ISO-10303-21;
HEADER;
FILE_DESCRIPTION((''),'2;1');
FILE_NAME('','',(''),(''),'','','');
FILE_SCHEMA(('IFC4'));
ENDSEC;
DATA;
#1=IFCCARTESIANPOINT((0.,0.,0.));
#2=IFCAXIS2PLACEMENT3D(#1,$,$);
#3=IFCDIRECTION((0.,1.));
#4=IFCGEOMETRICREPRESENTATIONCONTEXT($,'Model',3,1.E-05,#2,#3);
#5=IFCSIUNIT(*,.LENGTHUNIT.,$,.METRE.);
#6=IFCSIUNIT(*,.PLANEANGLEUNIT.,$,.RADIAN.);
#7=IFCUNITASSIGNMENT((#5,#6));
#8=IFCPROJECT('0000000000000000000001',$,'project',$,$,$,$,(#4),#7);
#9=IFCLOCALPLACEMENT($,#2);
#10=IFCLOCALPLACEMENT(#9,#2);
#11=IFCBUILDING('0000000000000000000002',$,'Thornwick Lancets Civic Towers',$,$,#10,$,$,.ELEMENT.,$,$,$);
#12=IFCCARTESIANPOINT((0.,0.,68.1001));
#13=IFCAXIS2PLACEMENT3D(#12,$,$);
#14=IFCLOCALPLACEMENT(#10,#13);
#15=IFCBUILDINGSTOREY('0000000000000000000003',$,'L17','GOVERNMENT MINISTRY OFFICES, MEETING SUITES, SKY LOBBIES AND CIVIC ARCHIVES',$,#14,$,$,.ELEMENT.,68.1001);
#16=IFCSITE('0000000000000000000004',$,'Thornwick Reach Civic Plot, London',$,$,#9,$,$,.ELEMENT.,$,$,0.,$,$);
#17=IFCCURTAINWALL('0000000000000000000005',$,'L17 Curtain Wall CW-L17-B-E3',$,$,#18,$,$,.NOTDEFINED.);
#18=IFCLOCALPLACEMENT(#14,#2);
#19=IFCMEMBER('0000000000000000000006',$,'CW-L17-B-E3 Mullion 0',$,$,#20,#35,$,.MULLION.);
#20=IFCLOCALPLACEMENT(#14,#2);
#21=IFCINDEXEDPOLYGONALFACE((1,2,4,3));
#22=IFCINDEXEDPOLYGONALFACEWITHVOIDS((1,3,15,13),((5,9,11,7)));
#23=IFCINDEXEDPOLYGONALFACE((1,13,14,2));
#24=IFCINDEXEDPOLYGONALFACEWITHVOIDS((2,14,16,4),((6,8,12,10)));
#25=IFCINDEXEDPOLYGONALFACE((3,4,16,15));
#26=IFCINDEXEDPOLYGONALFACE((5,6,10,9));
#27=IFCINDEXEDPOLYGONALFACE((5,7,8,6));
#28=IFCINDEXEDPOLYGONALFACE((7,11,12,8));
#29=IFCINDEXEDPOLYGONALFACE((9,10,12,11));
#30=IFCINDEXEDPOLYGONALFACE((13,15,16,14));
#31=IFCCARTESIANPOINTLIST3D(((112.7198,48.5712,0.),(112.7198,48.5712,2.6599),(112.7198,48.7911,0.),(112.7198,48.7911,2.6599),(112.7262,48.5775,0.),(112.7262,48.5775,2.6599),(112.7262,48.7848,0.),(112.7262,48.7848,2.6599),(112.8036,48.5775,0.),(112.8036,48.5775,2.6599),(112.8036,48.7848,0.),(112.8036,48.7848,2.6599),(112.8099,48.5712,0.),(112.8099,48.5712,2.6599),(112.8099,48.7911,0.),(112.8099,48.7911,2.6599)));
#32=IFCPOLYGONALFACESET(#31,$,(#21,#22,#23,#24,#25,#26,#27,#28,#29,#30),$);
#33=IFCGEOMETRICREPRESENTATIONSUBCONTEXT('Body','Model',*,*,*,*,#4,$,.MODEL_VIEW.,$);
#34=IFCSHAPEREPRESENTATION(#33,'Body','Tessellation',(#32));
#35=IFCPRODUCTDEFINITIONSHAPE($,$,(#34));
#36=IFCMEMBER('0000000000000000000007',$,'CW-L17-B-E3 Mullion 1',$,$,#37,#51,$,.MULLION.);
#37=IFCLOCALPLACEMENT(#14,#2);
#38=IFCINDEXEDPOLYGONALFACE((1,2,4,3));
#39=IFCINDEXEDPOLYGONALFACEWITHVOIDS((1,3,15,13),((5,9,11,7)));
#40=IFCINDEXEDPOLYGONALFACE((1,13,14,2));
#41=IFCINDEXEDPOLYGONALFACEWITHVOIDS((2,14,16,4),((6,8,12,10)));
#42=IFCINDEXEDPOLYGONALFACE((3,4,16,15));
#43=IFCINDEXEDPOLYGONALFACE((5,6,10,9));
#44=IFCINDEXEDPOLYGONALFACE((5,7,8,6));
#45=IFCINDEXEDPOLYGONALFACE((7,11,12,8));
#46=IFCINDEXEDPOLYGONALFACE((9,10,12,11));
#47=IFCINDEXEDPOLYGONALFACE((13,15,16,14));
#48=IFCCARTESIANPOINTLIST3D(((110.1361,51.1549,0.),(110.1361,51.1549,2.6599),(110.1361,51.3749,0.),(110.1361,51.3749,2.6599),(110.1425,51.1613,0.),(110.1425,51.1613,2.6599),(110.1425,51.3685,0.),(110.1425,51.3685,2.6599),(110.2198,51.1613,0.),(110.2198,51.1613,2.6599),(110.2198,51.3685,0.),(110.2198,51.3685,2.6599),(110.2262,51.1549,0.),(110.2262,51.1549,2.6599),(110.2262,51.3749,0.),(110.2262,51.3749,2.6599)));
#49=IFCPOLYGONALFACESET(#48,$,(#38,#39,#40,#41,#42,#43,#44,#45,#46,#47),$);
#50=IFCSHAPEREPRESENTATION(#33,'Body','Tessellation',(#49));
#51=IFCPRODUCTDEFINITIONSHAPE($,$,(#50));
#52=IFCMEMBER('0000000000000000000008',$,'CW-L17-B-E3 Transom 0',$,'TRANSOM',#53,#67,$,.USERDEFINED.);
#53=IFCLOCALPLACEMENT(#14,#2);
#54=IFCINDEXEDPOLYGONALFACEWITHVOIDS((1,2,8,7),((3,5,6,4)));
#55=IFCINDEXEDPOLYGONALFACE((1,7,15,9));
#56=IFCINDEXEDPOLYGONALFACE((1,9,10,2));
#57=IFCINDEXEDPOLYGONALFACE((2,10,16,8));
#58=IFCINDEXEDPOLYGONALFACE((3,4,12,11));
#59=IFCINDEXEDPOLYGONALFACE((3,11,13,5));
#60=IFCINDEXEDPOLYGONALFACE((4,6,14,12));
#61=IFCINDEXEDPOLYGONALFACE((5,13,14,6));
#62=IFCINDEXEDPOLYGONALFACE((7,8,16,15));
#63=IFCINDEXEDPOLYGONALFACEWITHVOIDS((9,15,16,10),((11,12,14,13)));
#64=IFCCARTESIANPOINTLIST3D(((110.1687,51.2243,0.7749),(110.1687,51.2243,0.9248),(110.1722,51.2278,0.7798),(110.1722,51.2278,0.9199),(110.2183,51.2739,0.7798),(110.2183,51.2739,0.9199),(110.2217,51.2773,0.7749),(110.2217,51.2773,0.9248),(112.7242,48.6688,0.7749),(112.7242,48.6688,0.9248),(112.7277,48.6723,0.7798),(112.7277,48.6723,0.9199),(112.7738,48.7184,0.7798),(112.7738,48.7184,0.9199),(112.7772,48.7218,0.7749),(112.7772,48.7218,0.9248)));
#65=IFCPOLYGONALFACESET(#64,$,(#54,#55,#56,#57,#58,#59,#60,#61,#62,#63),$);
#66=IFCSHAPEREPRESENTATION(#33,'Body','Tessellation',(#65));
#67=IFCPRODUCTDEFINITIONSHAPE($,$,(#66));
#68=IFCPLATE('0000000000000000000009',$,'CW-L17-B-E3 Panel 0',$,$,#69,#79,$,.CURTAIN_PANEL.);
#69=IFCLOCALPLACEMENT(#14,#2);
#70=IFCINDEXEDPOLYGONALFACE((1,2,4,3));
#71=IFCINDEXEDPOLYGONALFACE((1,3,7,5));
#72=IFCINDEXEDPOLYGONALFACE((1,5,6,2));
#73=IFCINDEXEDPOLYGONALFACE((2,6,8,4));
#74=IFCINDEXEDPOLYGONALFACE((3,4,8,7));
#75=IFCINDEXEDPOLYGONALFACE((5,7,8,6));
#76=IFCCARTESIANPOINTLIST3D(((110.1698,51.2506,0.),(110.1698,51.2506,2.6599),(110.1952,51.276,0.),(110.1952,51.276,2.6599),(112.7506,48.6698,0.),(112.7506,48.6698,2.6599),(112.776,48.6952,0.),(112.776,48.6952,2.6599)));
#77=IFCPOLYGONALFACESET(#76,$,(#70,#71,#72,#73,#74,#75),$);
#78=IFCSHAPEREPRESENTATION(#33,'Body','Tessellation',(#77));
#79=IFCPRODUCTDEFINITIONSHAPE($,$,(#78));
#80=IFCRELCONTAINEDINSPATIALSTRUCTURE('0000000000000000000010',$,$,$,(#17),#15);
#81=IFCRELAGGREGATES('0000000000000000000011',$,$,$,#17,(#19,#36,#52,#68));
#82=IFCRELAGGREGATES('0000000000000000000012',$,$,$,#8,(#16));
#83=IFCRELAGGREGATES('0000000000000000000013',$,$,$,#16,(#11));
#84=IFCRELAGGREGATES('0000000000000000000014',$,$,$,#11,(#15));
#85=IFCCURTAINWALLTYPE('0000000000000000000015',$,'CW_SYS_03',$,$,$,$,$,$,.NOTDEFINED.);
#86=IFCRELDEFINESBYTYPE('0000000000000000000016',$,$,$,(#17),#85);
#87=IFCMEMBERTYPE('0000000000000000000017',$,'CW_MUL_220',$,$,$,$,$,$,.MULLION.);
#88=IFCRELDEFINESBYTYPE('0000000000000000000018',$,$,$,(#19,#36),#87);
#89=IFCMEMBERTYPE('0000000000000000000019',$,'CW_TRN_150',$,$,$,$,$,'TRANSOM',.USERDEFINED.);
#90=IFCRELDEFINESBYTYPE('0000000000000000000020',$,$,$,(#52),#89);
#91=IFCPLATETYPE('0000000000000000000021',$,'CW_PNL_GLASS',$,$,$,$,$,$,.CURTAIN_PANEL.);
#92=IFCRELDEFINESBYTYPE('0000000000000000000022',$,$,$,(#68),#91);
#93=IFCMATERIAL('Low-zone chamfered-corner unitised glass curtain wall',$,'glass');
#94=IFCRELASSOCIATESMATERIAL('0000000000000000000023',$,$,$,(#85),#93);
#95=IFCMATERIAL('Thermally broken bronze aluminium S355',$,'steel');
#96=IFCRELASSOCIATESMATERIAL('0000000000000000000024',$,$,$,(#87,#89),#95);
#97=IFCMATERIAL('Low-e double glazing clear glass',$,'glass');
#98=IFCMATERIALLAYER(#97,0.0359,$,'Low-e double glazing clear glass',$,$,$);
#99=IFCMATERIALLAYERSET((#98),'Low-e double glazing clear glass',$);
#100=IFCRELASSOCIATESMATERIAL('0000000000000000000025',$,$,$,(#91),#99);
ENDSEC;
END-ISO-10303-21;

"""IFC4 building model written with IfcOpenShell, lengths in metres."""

from ifc_helpers import new_model, si_unit, direction, frame, origin, origin_2d, place, context, subcontext, project, spatial, rectangle, hollow_rectangle, extrude, material, layer, layer_set, material_profile, profile_set, type_object, element, aggregate, save


model = new_model("IFC4")

# Units and contexts
model_context = context("Model", 3, precision=1e-05, world=origin(), true_north=direction((0.0, 1.0)))
body_context = subcontext(model_context, "Body", "Model", "MODEL_VIEW")
ifc_project = project(units=[si_unit("LENGTHUNIT", "METRE"), si_unit("PLANEANGLEUNIT", "RADIAN")], contexts=[model_context])

# Site, building, storey
site_placement = place(None, origin())
site = spatial("IfcSite", under=ifc_project, at=site_placement, Name="Thornwick Reach Civic Plot, London", CompositionType="ELEMENT", RefElevation=0.0)
building_placement = place(site_placement, origin())
building = spatial("IfcBuilding", under=site, at=building_placement, Name="Thornwick Lancets Civic Towers", CompositionType="ELEMENT")
storey_placement = place(building_placement, frame((0.0, 0.0, 68.1001)))
storey = spatial("IfcBuildingStorey", under=building, at=storey_placement, Name="L17", Description="GOVERNMENT MINISTRY OFFICES, MEETING SUITES, SKY LOBBIES AND CIVIC ARCHIVES", CompositionType="ELEMENT", Elevation=68.1001)

# Curtain wall, members, plate
ifc_material_1 = material(Name="Low-zone chamfered-corner unitised glass curtain wall", Category="glass")
curtain_wall_type = type_object("IfcCurtainWallType", Name="CW_SYS_03", PredefinedType="NOTDEFINED", material=ifc_material_1)
curtain_wall_placement = place(storey_placement, origin())
curtain_wall = element("IfcCurtainWall", 1, at=curtain_wall_placement, inside=storey, type_object=curtain_wall_type, Name="L17 Curtain Wall CW-L17-B-E3", PredefinedType="NOTDEFINED")
ifc_material_2 = material(Name="Thermally broken bronze aluminium S355", Category="steel")
ifc_material_profile_1 = material_profile(ifc_material_2, hollow_rectangle(XDim=0.0901, YDim=0.22, WallThickness=0.0063, at=origin_2d()), Name="RHS 220x90x6.3")
ifc_profile_set_1 = profile_set([ifc_material_profile_1], Name="Thermally broken bronze aluminium S355")
member_type_1 = type_object("IfcMemberType", Name="CW_MUL_220", PredefinedType="MULLION", material=ifc_profile_set_1)
member_1_placement = place(storey_placement, frame((112.7649, 48.6812, 0.0), z_axis=(0.0, 0.0, 1.0), x_axis=(1.0, 0.0, 0.0)))
member_1 = element("IfcMember", 2, at=member_1_placement, type_object=member_type_1, Name="CW-L17-B-E3 Mullion 0", PredefinedType="MULLION", context=body_context, shape_type="SweptSolid", body=[
    extrude(hollow_rectangle(XDim=0.0901, YDim=0.22, WallThickness=0.0063, at=origin_2d()), origin(), (0.0, 0.0, 1.0), 2.6599),
])
member_2_placement = place(storey_placement, frame((110.1812, 51.2649, 0.0), z_axis=(0.0, 0.0, 1.0), x_axis=(1.0, 0.0, 0.0)))
member_2 = element("IfcMember", 3, at=member_2_placement, type_object=member_type_1, Name="CW-L17-B-E3 Mullion 1", PredefinedType="MULLION", context=body_context, shape_type="SweptSolid", body=[
    extrude(hollow_rectangle(XDim=0.0901, YDim=0.22, WallThickness=0.0063, at=origin_2d()), origin(), (0.0, 0.0, 1.0), 2.6599),
])
ifc_material_profile_2 = material_profile(ifc_material_2, hollow_rectangle(XDim=0.075, YDim=0.1499, WallThickness=0.0049, at=origin_2d()), Name="RHS 150x75x5")
ifc_profile_set_2 = profile_set([ifc_material_profile_2], Name="Thermally broken bronze aluminium S355")
member_type_2 = type_object("IfcMemberType", Name="CW_TRN_150", ElementType="TRANSOM", PredefinedType="USERDEFINED", material=ifc_profile_set_2)
member_3_placement = place(storey_placement, frame((112.7507, 48.6953, 0.8499), z_axis=(-0.707107, 0.707107, 0.0), x_axis=(-0.707107, -0.707107, 0.0)))
member_3 = element("IfcMember", 4, at=member_3_placement, type_object=member_type_2, Name="CW-L17-B-E3 Transom 0", ObjectType="TRANSOM", PredefinedType="USERDEFINED", context=body_context, shape_type="SweptSolid", body=[
    extrude(hollow_rectangle(XDim=0.075, YDim=0.1499, WallThickness=0.0049, at=origin_2d()), origin(), (0.0, 0.0, 1.0), 3.614),
])
ifc_material_3 = material(Name="Low-e double glazing clear glass", Category="glass")
ifc_layer_1 = layer(ifc_material_3, 0.0359, Name="Low-e double glazing clear glass")
ifc_layer_set_1 = layer_set([ifc_layer_1], Name="Low-e double glazing clear glass")
plate_type = type_object("IfcPlateType", Name="CW_PNL_GLASS", PredefinedType="CURTAIN_PANEL", material=ifc_layer_set_1)
plate_placement = place(storey_placement, frame((111.4729, 49.9729, 0.0), z_axis=(0.0, 0.0, 1.0), x_axis=(-0.707107, 0.707107, 0.0)))
plate = element("IfcPlate", 5, at=plate_placement, type_object=plate_type, Name="CW-L17-B-E3 Panel 0", PredefinedType="CURTAIN_PANEL", context=body_context, shape_type="SweptSolid", body=[
    extrude(rectangle(XDim=3.6499, YDim=0.0359, at=origin_2d()), origin(), (0.0, 0.0, 1.0), 2.6599),
])
aggregate(curtain_wall, [member_1, member_2, member_3, plate])

save(model, "model.ifc")
